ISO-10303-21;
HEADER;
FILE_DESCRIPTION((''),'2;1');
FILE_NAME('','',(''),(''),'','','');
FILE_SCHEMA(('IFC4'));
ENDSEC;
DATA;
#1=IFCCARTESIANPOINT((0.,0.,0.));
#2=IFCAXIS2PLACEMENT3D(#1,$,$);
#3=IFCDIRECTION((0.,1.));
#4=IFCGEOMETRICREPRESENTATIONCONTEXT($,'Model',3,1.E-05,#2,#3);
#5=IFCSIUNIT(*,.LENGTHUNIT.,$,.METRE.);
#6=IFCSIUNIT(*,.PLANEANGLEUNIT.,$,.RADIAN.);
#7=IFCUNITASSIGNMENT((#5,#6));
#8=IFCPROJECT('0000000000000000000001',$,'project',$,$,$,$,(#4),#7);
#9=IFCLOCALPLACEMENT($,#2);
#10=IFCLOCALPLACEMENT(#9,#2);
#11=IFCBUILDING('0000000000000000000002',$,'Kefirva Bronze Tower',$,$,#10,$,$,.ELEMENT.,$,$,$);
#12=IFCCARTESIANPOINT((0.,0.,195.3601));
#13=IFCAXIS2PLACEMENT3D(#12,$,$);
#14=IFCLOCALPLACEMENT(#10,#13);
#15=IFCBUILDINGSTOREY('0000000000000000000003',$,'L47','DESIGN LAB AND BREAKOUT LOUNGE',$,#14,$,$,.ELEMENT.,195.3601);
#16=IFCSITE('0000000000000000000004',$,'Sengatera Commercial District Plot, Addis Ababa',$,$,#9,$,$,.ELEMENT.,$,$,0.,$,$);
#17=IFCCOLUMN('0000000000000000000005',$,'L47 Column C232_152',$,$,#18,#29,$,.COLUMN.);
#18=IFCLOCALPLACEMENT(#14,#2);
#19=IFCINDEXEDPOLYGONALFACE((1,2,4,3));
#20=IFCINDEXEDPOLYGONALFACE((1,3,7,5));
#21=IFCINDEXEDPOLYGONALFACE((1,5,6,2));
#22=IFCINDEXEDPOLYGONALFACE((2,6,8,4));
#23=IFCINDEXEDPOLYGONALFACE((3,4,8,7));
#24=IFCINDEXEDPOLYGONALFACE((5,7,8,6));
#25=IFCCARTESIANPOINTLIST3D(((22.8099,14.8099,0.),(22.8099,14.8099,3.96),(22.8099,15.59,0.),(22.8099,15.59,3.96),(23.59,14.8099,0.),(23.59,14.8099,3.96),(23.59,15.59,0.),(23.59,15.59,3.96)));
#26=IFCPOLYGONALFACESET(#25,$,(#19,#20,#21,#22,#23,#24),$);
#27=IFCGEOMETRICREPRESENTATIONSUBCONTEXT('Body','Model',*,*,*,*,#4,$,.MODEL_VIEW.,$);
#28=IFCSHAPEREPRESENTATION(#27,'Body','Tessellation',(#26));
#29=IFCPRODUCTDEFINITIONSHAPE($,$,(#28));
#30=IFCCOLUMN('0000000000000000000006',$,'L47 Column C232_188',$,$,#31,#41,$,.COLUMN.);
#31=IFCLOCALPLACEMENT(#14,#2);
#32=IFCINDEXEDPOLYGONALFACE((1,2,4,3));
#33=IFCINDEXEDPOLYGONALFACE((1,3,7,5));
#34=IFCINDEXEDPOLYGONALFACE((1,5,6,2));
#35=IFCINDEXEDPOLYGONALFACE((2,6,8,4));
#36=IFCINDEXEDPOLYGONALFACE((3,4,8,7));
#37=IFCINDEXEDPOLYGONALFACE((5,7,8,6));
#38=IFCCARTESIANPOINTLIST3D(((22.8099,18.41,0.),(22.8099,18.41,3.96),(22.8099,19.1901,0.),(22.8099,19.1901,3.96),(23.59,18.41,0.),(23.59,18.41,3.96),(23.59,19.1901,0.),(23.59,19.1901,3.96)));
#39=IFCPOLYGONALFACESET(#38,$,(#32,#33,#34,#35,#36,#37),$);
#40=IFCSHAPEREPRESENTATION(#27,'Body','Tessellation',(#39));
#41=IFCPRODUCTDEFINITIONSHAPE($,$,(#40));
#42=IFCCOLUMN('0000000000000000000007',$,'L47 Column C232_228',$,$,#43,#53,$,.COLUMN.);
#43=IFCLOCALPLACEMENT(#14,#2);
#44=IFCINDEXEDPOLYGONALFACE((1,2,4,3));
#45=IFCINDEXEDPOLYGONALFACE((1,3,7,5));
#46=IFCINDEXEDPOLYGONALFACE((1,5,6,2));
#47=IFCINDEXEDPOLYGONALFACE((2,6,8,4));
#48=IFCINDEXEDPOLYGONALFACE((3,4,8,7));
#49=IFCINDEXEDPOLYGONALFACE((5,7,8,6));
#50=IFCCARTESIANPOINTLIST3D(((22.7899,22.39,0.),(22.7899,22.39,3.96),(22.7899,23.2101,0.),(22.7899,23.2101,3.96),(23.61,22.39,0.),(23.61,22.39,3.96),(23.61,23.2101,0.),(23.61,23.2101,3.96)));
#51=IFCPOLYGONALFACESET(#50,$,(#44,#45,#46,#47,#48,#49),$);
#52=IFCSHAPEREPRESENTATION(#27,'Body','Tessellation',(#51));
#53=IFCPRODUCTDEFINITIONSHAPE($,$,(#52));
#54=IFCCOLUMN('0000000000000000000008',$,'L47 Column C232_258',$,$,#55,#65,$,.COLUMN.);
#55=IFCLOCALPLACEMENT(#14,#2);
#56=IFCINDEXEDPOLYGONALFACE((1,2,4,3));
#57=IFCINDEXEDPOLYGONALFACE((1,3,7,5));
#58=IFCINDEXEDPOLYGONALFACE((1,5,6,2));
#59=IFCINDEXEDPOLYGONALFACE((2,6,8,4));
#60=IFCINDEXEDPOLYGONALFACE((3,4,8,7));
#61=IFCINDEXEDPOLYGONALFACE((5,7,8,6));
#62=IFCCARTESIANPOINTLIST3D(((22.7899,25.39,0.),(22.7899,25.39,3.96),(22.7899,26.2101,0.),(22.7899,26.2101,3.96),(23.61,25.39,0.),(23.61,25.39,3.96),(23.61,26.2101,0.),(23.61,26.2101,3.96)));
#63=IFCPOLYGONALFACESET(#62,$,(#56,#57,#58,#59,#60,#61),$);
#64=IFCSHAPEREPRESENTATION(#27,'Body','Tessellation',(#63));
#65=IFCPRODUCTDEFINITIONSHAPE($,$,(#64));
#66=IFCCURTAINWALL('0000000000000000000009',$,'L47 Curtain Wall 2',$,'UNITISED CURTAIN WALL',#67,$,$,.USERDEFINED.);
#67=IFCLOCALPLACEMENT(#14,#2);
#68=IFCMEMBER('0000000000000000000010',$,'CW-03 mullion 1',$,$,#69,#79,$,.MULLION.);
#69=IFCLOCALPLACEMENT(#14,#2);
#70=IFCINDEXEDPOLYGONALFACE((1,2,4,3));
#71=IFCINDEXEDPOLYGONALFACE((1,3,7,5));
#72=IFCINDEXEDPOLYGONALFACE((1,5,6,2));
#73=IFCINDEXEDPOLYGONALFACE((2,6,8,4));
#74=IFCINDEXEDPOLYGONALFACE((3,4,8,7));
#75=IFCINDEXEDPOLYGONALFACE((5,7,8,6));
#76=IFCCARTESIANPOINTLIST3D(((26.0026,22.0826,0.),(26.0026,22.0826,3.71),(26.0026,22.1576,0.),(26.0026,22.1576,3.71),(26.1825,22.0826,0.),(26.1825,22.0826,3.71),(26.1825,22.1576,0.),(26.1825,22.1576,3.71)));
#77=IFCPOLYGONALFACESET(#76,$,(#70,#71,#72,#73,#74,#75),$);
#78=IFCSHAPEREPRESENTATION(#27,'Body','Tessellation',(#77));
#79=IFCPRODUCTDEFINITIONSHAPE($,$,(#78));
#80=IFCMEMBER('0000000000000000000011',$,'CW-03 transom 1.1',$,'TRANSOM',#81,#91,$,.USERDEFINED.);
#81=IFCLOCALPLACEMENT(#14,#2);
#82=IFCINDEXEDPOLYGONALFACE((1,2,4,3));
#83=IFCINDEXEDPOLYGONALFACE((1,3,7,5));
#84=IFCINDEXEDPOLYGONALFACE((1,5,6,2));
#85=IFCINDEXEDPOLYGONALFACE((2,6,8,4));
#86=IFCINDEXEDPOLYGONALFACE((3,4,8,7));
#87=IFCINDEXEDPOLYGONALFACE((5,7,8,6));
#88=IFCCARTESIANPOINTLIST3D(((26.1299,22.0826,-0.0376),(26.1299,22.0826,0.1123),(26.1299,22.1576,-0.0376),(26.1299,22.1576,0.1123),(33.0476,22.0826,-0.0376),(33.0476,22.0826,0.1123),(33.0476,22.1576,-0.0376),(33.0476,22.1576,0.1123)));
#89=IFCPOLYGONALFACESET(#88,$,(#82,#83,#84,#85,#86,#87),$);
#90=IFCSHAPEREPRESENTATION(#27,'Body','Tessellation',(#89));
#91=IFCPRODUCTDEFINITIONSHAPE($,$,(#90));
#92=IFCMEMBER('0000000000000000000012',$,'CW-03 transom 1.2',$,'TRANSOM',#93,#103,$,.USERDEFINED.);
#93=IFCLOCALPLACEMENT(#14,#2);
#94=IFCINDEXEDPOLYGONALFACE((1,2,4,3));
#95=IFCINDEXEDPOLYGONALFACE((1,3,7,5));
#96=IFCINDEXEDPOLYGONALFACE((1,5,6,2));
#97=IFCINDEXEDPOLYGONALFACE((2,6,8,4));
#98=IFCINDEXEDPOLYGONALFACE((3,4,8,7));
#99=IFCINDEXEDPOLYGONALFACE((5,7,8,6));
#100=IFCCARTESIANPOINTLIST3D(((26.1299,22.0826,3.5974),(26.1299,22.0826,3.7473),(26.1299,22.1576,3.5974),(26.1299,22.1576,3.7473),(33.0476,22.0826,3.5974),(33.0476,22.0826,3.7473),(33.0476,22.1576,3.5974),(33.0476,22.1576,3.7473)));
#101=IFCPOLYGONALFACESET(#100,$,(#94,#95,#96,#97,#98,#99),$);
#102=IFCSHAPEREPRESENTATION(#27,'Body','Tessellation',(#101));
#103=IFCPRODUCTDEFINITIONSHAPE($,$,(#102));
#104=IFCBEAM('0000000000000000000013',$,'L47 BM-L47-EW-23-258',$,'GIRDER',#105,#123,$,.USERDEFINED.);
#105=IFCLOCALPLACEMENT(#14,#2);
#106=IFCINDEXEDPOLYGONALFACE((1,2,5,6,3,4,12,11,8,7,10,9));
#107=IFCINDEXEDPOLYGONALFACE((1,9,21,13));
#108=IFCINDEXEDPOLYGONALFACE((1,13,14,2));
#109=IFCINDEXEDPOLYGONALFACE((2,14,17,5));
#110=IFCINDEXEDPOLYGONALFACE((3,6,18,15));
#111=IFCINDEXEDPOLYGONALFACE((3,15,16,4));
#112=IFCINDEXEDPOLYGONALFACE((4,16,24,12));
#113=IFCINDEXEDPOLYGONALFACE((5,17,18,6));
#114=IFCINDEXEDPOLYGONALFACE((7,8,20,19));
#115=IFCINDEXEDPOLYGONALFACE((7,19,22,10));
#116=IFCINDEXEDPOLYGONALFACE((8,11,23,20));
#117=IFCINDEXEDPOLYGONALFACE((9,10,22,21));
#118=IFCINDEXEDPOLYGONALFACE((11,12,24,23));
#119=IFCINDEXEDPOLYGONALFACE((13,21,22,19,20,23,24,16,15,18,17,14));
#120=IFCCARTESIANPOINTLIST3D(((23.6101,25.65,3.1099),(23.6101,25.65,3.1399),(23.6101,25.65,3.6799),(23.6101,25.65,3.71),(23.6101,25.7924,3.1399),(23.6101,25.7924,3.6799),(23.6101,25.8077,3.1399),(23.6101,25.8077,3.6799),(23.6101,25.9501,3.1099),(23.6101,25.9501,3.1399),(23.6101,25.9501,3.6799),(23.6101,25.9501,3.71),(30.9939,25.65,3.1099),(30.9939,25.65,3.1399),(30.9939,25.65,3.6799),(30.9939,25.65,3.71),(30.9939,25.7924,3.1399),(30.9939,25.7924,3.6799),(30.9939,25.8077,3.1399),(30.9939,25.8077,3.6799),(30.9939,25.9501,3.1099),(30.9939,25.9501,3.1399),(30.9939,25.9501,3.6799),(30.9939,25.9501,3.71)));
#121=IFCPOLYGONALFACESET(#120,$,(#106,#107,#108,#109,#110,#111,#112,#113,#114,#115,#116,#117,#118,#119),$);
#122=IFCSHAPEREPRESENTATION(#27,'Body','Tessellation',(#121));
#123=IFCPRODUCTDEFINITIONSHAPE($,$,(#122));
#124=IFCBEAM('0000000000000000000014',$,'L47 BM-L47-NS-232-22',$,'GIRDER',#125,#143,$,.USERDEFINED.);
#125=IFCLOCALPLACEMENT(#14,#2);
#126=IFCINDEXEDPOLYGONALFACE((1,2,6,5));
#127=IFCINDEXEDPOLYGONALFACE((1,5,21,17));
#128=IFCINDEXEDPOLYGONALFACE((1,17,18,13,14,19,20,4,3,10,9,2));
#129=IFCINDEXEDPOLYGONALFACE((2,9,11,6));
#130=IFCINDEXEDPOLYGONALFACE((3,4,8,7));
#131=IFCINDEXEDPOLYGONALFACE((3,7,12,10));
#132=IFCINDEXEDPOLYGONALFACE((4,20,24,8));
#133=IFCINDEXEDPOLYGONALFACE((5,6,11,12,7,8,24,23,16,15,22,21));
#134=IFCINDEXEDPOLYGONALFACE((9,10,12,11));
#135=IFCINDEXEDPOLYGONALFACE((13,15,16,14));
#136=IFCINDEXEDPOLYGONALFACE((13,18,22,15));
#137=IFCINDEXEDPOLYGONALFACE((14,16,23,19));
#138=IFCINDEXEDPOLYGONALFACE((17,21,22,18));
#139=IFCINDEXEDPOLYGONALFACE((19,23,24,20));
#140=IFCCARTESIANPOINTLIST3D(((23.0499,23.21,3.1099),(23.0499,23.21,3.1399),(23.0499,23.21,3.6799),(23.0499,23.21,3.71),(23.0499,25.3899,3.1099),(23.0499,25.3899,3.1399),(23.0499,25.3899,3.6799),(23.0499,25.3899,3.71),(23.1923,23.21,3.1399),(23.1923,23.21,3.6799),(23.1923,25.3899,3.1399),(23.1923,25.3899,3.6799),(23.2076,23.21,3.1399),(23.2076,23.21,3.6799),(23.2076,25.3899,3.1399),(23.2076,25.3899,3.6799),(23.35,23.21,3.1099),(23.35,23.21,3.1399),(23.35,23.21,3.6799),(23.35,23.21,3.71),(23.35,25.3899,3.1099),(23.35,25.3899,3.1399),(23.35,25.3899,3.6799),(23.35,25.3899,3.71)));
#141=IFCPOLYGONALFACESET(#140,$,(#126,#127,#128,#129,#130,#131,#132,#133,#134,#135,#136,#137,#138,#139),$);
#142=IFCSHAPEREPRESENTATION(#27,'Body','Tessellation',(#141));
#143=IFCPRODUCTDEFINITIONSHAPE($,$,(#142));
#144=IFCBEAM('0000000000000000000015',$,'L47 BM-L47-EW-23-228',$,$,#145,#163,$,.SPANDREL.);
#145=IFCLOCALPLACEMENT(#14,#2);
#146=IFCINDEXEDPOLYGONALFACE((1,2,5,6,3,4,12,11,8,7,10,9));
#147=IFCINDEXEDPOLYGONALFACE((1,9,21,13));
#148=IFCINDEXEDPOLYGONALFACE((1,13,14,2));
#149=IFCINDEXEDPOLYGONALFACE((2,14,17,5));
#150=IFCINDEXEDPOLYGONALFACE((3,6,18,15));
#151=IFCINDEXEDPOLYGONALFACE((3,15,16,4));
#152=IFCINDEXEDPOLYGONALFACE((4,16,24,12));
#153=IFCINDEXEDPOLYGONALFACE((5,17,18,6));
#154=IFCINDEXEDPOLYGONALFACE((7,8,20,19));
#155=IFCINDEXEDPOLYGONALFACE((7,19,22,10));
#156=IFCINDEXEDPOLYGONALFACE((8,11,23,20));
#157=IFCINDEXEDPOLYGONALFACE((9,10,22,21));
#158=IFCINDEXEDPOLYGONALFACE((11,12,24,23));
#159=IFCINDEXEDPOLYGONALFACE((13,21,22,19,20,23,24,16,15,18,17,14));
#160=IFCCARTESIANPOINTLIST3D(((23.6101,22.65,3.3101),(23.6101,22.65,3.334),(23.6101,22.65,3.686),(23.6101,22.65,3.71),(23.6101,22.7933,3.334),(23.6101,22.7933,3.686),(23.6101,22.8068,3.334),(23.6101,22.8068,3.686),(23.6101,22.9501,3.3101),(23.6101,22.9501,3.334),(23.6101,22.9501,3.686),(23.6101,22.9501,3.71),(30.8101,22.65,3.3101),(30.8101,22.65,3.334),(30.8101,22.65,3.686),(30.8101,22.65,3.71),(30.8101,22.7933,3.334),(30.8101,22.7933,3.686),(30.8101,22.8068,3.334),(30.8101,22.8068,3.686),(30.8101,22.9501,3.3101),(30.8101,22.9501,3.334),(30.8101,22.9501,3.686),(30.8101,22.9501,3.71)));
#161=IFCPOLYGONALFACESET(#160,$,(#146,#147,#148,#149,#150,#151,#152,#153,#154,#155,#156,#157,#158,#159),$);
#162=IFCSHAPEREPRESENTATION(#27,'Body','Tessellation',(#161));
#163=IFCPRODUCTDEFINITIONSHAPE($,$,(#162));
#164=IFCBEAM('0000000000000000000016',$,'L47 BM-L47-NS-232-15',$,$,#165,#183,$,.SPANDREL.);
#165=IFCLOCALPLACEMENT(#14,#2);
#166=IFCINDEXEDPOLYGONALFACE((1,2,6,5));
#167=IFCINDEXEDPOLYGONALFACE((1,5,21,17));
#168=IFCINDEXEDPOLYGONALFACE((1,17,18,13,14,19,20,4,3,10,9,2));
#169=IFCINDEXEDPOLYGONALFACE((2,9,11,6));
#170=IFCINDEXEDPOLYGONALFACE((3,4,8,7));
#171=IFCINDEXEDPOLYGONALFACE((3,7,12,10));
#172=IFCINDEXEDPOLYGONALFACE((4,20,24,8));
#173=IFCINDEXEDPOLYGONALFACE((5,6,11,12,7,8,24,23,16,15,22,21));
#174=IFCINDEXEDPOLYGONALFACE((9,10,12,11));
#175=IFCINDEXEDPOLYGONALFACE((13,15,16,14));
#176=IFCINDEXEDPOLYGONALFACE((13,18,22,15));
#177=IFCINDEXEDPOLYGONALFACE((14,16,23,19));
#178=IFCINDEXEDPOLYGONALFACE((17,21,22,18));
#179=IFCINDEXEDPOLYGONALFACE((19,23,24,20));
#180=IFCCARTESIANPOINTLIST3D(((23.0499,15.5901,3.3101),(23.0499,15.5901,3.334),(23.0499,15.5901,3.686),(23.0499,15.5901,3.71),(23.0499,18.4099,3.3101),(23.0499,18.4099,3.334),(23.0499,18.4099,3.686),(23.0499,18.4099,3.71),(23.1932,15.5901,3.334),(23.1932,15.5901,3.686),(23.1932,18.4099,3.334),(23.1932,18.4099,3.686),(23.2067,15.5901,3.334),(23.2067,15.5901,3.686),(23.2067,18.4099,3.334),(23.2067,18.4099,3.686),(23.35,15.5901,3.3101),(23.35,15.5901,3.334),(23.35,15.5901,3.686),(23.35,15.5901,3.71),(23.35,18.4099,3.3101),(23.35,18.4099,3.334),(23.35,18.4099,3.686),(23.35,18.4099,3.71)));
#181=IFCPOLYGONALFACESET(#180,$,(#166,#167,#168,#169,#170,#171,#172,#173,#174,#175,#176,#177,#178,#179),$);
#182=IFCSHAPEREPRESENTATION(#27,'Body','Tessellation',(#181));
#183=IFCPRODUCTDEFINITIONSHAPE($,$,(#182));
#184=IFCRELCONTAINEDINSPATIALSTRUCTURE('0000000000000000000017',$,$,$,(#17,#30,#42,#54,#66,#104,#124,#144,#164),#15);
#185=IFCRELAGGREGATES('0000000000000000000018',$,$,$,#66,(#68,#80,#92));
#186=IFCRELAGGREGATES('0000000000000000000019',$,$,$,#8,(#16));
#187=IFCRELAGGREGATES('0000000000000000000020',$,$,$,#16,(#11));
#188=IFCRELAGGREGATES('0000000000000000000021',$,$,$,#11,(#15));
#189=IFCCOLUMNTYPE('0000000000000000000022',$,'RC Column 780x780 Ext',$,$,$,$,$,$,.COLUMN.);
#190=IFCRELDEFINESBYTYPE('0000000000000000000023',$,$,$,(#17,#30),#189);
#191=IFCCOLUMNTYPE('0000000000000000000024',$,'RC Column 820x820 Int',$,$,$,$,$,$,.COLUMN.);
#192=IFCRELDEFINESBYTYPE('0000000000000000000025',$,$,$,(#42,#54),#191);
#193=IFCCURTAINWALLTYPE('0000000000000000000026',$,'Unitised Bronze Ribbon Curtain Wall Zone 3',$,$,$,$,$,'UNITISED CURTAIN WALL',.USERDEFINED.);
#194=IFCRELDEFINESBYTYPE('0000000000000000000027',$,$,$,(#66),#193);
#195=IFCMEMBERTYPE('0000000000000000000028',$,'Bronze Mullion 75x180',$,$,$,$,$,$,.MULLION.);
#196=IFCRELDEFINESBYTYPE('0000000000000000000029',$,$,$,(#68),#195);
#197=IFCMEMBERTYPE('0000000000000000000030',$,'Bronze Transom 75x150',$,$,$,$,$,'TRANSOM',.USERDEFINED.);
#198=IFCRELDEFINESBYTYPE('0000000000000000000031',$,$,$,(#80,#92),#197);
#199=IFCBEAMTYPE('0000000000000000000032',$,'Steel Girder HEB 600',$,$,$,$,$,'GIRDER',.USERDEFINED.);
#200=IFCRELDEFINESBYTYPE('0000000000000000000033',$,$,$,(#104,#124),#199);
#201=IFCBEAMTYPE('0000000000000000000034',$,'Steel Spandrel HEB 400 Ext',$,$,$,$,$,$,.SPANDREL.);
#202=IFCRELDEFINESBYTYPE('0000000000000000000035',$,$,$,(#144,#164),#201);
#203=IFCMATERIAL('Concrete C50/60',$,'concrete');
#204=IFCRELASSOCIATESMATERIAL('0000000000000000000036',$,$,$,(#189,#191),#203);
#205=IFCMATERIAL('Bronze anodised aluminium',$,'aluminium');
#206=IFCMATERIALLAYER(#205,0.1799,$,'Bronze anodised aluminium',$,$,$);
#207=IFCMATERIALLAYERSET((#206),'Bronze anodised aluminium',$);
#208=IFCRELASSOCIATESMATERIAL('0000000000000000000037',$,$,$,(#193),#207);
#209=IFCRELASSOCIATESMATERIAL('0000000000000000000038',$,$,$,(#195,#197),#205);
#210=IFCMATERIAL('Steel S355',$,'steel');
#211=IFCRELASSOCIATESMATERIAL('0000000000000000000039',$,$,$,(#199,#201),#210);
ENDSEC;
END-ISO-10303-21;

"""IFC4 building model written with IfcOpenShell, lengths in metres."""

from ifc_helpers import new_model, si_unit, direction, frame, origin, origin_2d, place, context, subcontext, project, spatial, rectangle, i_section, extrude, material, layer, layer_set, material_profile, profile_set, type_object, element, aggregate, save


model = new_model("IFC4")

# Units and contexts
model_context = context("Model", 3, precision=1e-05, world=origin(), true_north=direction((0.0, 1.0)))
body_context = subcontext(model_context, "Body", "Model", "MODEL_VIEW")
ifc_project = project(units=[si_unit("LENGTHUNIT", "METRE"), si_unit("PLANEANGLEUNIT", "RADIAN")], contexts=[model_context])

# Site, building, storey
site_placement = place(None, origin())
site = spatial("IfcSite", under=ifc_project, at=site_placement, Name="Sengatera Commercial District Plot, Addis Ababa", CompositionType="ELEMENT", RefElevation=0.0)
building_placement = place(site_placement, origin())
building = spatial("IfcBuilding", under=site, at=building_placement, Name="Kefirva Bronze Tower", CompositionType="ELEMENT")
storey_placement = place(building_placement, frame((0.0, 0.0, 195.3601)))
storey = spatial("IfcBuildingStorey", under=building, at=storey_placement, Name="L47", Description="DESIGN LAB AND BREAKOUT LOUNGE", CompositionType="ELEMENT", Elevation=195.3601)

# Columns
ifc_material_1 = material(Name="Concrete C50/60", Category="concrete")
ifc_material_profile_1 = material_profile(ifc_material_1, rectangle(XDim=0.78, YDim=0.78, at=origin_2d()), Name="RC 780x780")
ifc_profile_set_1 = profile_set([ifc_material_profile_1], Name="Concrete C50/60")
column_type_1 = type_object("IfcColumnType", Name="RC Column 780x780 Ext", PredefinedType="COLUMN", material=ifc_profile_set_1)
for number, where, z_axis, x_axis, name in (
    (1, (23.2, 15.2, 0.0), (0.0, 0.0, 1.0), (1.0, 0.0, 0.0), "L47 Column C232_152"),
    (2, (23.2, 18.8, 0.0), (0.0, 0.0, 1.0), (1.0, 0.0, 0.0), "L47 Column C232_188"),
):
    element("IfcColumn", number, at=place(storey_placement, frame(where, z_axis=z_axis, x_axis=x_axis)), inside=storey, type_object=column_type_1, Name=name, PredefinedType="COLUMN", context=body_context, shape_type="SweptSolid", body=[
        extrude(rectangle(XDim=0.78, YDim=0.78, at=origin_2d()), origin(), (0.0, 0.0, 1.0), 3.96),
    ])
ifc_material_profile_2 = material_profile(ifc_material_1, rectangle(XDim=0.8201, YDim=0.8201, at=origin_2d()), Name="RC 820x820")
ifc_profile_set_2 = profile_set([ifc_material_profile_2], Name="Concrete C50/60")
column_type_2 = type_object("IfcColumnType", Name="RC Column 820x820 Int", PredefinedType="COLUMN", material=ifc_profile_set_2)
for number, where, z_axis, x_axis, name in (
    (3, (23.2, 22.8, 0.0), (0.0, 0.0, 1.0), (1.0, 0.0, 0.0), "L47 Column C232_228"),
    (4, (23.2, 25.8, 0.0), (0.0, 0.0, 1.0), (1.0, 0.0, 0.0), "L47 Column C232_258"),
):
    element("IfcColumn", number, at=place(storey_placement, frame(where, z_axis=z_axis, x_axis=x_axis)), inside=storey, type_object=column_type_2, Name=name, PredefinedType="COLUMN", context=body_context, shape_type="SweptSolid", body=[
        extrude(rectangle(XDim=0.8201, YDim=0.8201, at=origin_2d()), origin(), (0.0, 0.0, 1.0), 3.96),
    ])

# Curtain wall, members
ifc_material_2 = material(Name="Bronze anodised aluminium", Category="aluminium")
ifc_layer_1 = layer(ifc_material_2, 0.1799, Name="Bronze anodised aluminium")
ifc_layer_set_1 = layer_set([ifc_layer_1], Name="Bronze anodised aluminium")
curtain_wall_type = type_object("IfcCurtainWallType", Name="Unitised Bronze Ribbon Curtain Wall Zone 3", ElementType="UNITISED CURTAIN WALL", PredefinedType="USERDEFINED", material=ifc_layer_set_1)
curtain_wall_placement = place(storey_placement, origin())
curtain_wall = element("IfcCurtainWall", 5, at=curtain_wall_placement, inside=storey, type_object=curtain_wall_type, Name="L47 Curtain Wall 2", ObjectType="UNITISED CURTAIN WALL", PredefinedType="USERDEFINED")
ifc_material_profile_3 = material_profile(ifc_material_2, rectangle(XDim=0.075, YDim=0.1799, at=origin_2d()), Name="ALU 75x180")
ifc_profile_set_3 = profile_set([ifc_material_profile_3], Name="Bronze anodised aluminium")
member_type_1 = type_object("IfcMemberType", Name="Bronze Mullion 75x180", PredefinedType="MULLION", material=ifc_profile_set_3)
member_1_placement = place(storey_placement, frame((26.0925, 22.1201, 0.0), z_axis=(0.0, 0.0, 1.0), x_axis=(0.0, 1.0, 0.0)))
member_1 = element("IfcMember", 6, at=member_1_placement, type_object=member_type_1, Name="CW-03 mullion 1", PredefinedType="MULLION", context=body_context, shape_type="SweptSolid", body=[
    extrude(rectangle(XDim=0.075, YDim=0.1799, at=origin_2d()), origin(), (0.0, 0.0, 1.0), 3.71),
])
ifc_material_profile_4 = material_profile(ifc_material_2, rectangle(XDim=0.075, YDim=0.1499, at=origin_2d()), Name="ALU 75x150")
ifc_profile_set_4 = profile_set([ifc_material_profile_4], Name="Bronze anodised aluminium")
member_type_2 = type_object("IfcMemberType", Name="Bronze Transom 75x150", ElementType="TRANSOM", PredefinedType="USERDEFINED", material=ifc_profile_set_4)
member_2_placement = place(storey_placement, frame((26.1299, 22.1201, 0.0374), z_axis=(1.0, 0.0, 0.0), x_axis=(0.0, 1.0, 0.0)))
member_2 = element("IfcMember", 7, at=member_2_placement, type_object=member_type_2, Name="CW-03 transom 1.1", ObjectType="TRANSOM", PredefinedType="USERDEFINED", context=body_context, shape_type="SweptSolid", body=[
    extrude(rectangle(XDim=0.075, YDim=0.1499, at=origin_2d()), origin(), (0.0, 0.0, 1.0), 6.9177),
])
member_3_placement = place(storey_placement, frame((26.1299, 22.1201, 3.6724), z_axis=(1.0, 0.0, 0.0), x_axis=(0.0, 1.0, 0.0)))
member_3 = element("IfcMember", 8, at=member_3_placement, type_object=member_type_2, Name="CW-03 transom 1.2", ObjectType="TRANSOM", PredefinedType="USERDEFINED", context=body_context, shape_type="SweptSolid", body=[
    extrude(rectangle(XDim=0.075, YDim=0.1499, at=origin_2d()), origin(), (0.0, 0.0, 1.0), 6.9177),
])

# Beams
ifc_material_3 = material(Name="Steel S355", Category="steel")
ifc_material_profile_5 = material_profile(ifc_material_3, i_section(OverallWidth=0.3, OverallDepth=0.6001, WebThickness=0.0154, FlangeThickness=0.03, at=origin_2d()), Name="HEB 600")
ifc_profile_set_5 = profile_set([ifc_material_profile_5], Name="Steel S355")
beam_type_1 = type_object("IfcBeamType", Name="Steel Girder HEB 600", ElementType="GIRDER", PredefinedType="USERDEFINED", material=ifc_profile_set_5)
beam_1_placement = place(storey_placement, frame((23.6101, 25.8, 3.4099), z_axis=(1.0, 0.0, 0.0), x_axis=(0.0, 1.0, 0.0)))
element("IfcBeam", 9, at=beam_1_placement, inside=storey, type_object=beam_type_1, Name="L47 BM-L47-EW-23-258", ObjectType="GIRDER", PredefinedType="USERDEFINED", context=body_context, shape_type="SweptSolid", body=[
    extrude(i_section(OverallWidth=0.3, OverallDepth=0.6001, WebThickness=0.0154, FlangeThickness=0.03, at=origin_2d()), origin(), (0.0, 0.0, 1.0), 7.3838),
])
beam_2_placement = place(storey_placement, frame((23.2, 23.21, 3.4099), z_axis=(0.0, 1.0, 0.0), x_axis=(-1.0, 0.0, 0.0)))
element("IfcBeam", 10, at=beam_2_placement, inside=storey, type_object=beam_type_1, Name="L47 BM-L47-NS-232-22", ObjectType="GIRDER", PredefinedType="USERDEFINED", context=body_context, shape_type="SweptSolid", body=[
    extrude(i_section(OverallWidth=0.3, OverallDepth=0.6001, WebThickness=0.0154, FlangeThickness=0.03, at=origin_2d()), origin(), (0.0, 0.0, 1.0), 2.1799),
])
ifc_material_profile_6 = material_profile(ifc_material_3, i_section(OverallWidth=0.3, OverallDepth=0.3999, WebThickness=0.0134, FlangeThickness=0.0239, at=origin_2d()), Name="HEB 400")
ifc_profile_set_6 = profile_set([ifc_material_profile_6], Name="Steel S355")
beam_type_2 = type_object("IfcBeamType", Name="Steel Spandrel HEB 400 Ext", PredefinedType="SPANDREL", material=ifc_profile_set_6)
beam_3_placement = place(storey_placement, frame((23.6101, 22.8, 3.51), z_axis=(1.0, 0.0, 0.0), x_axis=(0.0, 1.0, 0.0)))
element("IfcBeam", 11, at=beam_3_placement, inside=storey, type_object=beam_type_2, Name="L47 BM-L47-EW-23-228", PredefinedType="SPANDREL", context=body_context, shape_type="SweptSolid", body=[
    extrude(i_section(OverallWidth=0.3, OverallDepth=0.3999, WebThickness=0.0134, FlangeThickness=0.0239, at=origin_2d()), origin(), (0.0, 0.0, 1.0), 7.2),
])
beam_4_placement = place(storey_placement, frame((23.2, 15.5901, 3.51), z_axis=(0.0, 1.0, 0.0), x_axis=(-1.0, 0.0, 0.0)))
element("IfcBeam", 12, at=beam_4_placement, inside=storey, type_object=beam_type_2, Name="L47 BM-L47-NS-232-15", PredefinedType="SPANDREL", context=body_context, shape_type="SweptSolid", body=[
    extrude(i_section(OverallWidth=0.3, OverallDepth=0.3999, WebThickness=0.0134, FlangeThickness=0.0239, at=origin_2d()), origin(), (0.0, 0.0, 1.0), 2.8198),
])

aggregate(curtain_wall, [member_1, member_2, member_3])

save(model, "model.ifc")
